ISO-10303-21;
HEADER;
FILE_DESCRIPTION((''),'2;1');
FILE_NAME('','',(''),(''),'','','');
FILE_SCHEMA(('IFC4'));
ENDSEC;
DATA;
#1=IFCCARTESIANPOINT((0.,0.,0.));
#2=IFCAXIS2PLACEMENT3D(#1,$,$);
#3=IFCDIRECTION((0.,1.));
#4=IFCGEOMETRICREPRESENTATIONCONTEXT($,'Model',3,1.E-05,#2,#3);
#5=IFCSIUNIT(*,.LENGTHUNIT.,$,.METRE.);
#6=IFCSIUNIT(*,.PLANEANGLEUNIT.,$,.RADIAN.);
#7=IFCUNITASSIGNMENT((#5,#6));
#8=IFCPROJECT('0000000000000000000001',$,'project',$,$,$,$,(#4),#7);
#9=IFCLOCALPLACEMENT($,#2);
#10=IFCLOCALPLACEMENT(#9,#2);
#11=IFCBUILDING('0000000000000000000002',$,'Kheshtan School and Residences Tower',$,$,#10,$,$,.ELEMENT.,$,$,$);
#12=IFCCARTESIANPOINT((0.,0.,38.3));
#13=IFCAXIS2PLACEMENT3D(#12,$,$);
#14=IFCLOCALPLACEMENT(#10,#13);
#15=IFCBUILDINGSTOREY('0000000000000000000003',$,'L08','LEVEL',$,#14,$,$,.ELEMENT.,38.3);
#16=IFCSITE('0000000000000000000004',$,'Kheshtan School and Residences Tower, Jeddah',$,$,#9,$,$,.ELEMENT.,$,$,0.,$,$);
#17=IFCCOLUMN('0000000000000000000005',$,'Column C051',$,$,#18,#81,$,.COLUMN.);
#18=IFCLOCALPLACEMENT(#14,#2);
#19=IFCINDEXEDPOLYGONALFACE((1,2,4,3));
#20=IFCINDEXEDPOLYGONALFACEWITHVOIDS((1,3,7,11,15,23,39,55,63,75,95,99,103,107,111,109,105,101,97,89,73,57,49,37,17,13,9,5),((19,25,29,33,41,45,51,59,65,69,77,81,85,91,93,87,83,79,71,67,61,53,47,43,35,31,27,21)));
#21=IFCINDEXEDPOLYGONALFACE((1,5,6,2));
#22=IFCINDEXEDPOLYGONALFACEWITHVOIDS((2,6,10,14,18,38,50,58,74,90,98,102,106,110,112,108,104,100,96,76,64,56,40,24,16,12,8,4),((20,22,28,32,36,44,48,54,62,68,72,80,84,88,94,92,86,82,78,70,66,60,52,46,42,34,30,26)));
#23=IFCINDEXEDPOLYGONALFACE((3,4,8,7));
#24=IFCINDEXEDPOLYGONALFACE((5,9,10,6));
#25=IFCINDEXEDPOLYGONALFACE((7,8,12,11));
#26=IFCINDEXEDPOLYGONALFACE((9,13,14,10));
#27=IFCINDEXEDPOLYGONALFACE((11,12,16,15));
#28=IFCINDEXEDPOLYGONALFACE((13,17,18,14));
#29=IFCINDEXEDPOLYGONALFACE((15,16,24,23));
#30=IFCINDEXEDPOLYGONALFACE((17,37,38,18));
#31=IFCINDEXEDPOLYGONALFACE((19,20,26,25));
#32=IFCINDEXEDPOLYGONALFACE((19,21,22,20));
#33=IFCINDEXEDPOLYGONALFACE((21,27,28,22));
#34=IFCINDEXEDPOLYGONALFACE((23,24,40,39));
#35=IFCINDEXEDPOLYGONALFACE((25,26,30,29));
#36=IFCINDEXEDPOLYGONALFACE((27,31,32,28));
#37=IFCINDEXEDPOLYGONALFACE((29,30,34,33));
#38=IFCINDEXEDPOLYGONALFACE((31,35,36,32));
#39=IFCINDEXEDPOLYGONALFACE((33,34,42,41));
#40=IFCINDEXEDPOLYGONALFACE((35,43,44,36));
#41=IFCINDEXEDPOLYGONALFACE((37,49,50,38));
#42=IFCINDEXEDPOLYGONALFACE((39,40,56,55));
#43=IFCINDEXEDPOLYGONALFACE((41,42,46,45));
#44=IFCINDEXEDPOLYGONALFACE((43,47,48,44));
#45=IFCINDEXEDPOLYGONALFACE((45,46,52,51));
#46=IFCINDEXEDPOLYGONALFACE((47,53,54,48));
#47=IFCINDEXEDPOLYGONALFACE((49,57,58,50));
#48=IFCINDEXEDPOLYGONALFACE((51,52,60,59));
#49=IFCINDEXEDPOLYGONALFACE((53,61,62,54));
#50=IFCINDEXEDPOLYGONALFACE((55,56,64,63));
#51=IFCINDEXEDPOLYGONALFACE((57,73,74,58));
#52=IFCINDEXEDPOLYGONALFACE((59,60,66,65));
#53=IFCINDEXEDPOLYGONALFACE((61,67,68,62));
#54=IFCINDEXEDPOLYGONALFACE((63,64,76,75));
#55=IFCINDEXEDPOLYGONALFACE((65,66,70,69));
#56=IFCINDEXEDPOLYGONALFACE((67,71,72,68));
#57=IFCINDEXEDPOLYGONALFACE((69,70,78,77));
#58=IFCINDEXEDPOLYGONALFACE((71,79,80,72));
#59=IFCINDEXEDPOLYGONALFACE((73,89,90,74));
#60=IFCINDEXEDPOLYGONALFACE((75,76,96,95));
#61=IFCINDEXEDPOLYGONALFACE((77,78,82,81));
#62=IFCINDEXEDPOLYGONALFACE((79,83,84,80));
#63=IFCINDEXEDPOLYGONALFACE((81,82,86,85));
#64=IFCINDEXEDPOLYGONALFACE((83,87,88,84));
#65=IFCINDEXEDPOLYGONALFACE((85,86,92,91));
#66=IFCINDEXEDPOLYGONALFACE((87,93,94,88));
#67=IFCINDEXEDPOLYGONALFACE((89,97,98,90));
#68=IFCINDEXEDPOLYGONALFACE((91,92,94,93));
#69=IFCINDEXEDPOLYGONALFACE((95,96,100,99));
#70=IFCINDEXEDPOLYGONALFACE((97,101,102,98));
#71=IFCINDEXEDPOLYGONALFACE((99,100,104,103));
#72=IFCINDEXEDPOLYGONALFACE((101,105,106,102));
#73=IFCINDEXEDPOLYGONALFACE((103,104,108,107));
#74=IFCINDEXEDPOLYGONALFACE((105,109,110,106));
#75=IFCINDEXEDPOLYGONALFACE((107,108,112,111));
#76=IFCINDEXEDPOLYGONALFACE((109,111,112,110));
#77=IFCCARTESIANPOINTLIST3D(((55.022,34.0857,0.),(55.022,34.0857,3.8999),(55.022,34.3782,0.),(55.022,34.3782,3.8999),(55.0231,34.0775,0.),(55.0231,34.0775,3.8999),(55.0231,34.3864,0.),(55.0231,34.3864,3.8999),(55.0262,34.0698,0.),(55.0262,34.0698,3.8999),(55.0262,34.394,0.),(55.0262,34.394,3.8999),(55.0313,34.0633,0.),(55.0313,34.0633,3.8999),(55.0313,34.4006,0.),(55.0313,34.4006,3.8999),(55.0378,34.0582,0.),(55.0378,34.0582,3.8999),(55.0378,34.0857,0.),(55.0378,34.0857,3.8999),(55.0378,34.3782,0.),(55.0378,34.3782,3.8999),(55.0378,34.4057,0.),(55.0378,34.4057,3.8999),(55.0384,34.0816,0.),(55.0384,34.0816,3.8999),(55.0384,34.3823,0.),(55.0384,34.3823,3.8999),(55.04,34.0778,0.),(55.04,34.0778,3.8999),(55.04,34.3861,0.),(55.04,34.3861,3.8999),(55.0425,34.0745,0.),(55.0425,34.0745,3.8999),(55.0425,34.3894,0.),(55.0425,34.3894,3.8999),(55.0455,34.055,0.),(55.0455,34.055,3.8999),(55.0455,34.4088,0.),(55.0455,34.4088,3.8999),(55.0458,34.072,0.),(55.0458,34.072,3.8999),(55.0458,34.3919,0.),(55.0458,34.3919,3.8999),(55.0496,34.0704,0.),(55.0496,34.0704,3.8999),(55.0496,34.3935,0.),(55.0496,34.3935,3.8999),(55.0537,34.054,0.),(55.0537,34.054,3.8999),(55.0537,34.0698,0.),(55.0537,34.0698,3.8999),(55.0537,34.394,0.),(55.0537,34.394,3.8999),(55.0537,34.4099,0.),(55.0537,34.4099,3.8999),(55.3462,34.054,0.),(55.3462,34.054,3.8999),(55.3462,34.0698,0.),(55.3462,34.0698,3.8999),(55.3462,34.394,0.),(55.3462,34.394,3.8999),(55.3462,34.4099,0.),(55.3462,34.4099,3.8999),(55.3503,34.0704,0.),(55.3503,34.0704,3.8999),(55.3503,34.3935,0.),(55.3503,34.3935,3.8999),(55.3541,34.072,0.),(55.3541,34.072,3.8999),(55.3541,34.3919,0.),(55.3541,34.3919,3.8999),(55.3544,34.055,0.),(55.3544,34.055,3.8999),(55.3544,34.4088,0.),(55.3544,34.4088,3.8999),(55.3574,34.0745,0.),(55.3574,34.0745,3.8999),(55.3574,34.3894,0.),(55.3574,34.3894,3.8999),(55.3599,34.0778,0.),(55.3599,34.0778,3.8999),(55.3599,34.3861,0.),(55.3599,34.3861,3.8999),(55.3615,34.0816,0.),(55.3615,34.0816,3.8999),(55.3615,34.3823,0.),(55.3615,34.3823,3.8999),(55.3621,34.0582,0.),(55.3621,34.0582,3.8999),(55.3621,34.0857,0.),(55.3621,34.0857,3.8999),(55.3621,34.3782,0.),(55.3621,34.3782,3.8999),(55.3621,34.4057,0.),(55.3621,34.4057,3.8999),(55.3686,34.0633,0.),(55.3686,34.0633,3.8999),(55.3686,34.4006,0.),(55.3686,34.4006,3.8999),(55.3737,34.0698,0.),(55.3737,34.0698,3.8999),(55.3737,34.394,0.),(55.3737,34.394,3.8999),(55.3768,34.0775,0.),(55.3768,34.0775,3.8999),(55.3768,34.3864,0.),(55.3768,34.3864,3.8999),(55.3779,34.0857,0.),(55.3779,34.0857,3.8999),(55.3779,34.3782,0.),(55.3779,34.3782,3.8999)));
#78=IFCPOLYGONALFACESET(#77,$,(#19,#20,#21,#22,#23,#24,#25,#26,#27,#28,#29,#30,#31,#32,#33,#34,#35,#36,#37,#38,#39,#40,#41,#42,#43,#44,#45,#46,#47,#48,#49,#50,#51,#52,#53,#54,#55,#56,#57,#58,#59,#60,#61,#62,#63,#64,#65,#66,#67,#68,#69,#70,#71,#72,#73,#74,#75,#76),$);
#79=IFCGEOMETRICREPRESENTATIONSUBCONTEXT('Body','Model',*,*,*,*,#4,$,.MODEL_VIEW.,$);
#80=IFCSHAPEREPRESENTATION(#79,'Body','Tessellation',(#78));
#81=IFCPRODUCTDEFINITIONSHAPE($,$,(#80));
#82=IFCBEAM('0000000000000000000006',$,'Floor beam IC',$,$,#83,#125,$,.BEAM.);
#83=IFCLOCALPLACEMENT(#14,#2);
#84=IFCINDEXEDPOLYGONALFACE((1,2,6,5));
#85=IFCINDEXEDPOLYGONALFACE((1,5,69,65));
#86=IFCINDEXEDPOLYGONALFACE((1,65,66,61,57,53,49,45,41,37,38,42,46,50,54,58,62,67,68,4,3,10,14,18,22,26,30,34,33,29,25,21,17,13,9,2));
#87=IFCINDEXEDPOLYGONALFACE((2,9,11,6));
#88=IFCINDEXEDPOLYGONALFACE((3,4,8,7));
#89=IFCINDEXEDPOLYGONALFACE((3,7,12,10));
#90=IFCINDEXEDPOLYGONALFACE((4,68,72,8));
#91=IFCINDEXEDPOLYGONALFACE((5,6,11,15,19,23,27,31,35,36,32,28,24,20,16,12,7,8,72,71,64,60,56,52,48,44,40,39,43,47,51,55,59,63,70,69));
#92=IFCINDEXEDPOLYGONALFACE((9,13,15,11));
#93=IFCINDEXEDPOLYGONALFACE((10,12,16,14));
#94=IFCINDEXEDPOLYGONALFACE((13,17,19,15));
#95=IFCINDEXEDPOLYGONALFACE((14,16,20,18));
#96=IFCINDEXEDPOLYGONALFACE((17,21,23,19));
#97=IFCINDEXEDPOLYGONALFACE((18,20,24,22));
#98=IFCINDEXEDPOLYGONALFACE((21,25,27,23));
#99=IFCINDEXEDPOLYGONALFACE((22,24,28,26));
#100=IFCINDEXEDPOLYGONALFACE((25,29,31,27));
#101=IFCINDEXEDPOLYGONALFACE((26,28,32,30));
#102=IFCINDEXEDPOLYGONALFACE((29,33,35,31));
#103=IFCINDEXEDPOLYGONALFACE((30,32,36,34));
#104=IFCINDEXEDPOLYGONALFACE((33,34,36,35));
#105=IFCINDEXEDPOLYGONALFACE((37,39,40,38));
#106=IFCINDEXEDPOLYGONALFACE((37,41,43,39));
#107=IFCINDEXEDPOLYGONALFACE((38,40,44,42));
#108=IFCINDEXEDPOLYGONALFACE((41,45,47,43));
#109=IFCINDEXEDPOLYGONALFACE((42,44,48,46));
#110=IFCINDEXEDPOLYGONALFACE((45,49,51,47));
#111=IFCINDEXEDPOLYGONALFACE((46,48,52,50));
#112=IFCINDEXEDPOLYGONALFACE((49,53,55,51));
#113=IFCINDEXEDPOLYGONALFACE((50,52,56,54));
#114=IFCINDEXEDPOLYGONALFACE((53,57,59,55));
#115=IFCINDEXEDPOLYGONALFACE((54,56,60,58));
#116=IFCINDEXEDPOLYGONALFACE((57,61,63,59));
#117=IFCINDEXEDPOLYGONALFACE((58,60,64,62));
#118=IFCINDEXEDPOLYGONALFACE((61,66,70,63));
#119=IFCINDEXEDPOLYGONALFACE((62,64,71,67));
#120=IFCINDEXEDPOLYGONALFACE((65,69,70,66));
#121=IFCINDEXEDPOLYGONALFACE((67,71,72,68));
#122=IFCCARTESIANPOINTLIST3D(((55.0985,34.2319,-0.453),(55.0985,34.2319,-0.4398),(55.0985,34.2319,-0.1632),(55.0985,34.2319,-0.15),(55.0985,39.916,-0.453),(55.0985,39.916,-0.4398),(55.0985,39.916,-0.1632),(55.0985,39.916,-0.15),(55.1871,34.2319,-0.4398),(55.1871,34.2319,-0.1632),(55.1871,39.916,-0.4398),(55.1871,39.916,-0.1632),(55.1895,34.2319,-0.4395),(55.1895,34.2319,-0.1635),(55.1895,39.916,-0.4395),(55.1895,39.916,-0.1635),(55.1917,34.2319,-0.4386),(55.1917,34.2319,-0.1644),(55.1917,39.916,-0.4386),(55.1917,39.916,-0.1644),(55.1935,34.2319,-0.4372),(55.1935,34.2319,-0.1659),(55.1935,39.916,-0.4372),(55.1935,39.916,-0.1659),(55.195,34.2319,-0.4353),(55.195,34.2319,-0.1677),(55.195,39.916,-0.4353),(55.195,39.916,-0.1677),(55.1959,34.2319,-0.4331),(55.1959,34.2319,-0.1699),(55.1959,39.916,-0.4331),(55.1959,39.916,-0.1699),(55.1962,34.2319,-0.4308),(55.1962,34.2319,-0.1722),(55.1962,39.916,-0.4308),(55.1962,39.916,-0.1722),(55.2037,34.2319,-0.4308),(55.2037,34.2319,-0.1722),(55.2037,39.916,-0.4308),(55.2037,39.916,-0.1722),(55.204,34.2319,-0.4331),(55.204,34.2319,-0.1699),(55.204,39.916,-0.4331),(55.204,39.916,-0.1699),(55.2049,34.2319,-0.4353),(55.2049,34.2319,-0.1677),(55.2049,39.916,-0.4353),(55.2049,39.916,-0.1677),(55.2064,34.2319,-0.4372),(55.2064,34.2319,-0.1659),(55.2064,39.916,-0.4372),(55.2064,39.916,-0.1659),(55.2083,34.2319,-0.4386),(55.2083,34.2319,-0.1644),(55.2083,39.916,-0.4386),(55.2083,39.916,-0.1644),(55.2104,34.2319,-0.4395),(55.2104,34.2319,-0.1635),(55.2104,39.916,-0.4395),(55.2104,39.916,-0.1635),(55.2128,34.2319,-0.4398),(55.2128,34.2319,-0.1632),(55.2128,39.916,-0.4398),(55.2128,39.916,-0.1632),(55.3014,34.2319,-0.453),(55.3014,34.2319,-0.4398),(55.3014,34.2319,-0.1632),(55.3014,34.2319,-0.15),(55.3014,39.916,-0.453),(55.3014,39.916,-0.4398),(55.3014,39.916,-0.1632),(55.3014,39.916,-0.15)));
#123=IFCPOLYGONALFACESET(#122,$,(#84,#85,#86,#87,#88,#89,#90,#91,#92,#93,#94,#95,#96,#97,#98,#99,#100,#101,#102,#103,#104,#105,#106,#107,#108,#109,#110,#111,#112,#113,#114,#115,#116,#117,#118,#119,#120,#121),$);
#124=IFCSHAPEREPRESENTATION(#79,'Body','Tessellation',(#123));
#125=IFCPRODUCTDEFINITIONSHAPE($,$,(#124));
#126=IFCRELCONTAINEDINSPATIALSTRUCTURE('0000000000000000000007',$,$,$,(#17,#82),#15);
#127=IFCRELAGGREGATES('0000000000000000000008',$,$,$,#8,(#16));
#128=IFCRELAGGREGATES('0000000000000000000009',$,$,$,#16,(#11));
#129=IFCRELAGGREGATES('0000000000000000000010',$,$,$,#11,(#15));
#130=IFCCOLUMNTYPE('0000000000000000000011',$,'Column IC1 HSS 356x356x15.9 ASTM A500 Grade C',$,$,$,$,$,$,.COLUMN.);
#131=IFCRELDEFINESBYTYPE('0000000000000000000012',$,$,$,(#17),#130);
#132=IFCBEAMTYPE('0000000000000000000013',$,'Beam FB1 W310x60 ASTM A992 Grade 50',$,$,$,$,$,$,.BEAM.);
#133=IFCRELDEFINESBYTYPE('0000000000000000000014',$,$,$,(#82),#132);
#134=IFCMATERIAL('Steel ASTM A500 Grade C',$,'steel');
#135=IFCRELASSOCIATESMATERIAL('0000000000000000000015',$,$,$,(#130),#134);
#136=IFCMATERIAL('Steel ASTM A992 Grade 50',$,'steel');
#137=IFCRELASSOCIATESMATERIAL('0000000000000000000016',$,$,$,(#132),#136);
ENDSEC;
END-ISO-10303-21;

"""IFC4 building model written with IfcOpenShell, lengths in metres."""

from ifc_helpers import new_model, si_unit, direction, frame, origin, origin_2d, place, context, subcontext, project, spatial, hollow_rectangle, i_section, extrude, material, material_profile, profile_set, type_object, element, save


model = new_model("IFC4")

# Units and contexts
model_context = context("Model", 3, precision=1e-05, world=origin(), true_north=direction((0.0, 1.0)))
body_context = subcontext(model_context, "Body", "Model", "MODEL_VIEW")
ifc_project = project(units=[si_unit("LENGTHUNIT", "METRE"), si_unit("PLANEANGLEUNIT", "RADIAN")], contexts=[model_context])

# Site, building, storey
site_placement = place(None, origin())
site = spatial("IfcSite", under=ifc_project, at=site_placement, Name="Kheshtan School and Residences Tower, Jeddah", CompositionType="ELEMENT", RefElevation=0.0)
building_placement = place(site_placement, origin())
building = spatial("IfcBuilding", under=site, at=building_placement, Name="Kheshtan School and Residences Tower", CompositionType="ELEMENT")
storey_placement = place(building_placement, frame((0.0, 0.0, 38.3)))
storey = spatial("IfcBuildingStorey", under=building, at=storey_placement, Name="L08", Description="LEVEL", CompositionType="ELEMENT", Elevation=38.3)

# Column
ifc_material_1 = material(Name="Steel ASTM A500 Grade C", Category="steel")
ifc_material_profile_1 = material_profile(ifc_material_1, hollow_rectangle(XDim=0.356, YDim=0.356, WallThickness=0.0159, InnerFilletRadius=0.0159, OuterFilletRadius=0.0317, at=origin_2d()), Name="HSS 356x356x15.9")
ifc_profile_set_1 = profile_set([ifc_material_profile_1], Name="Steel ASTM A500 Grade C")
column_type = type_object("IfcColumnType", Name="Column IC1 HSS 356x356x15.9 ASTM A500 Grade C", PredefinedType="COLUMN", material=ifc_profile_set_1)
column_placement = place(storey_placement, frame((55.2, 34.2319, 0.0), z_axis=(0.0, 0.0, 1.0), x_axis=(1.0, 0.0, 0.0)))
element("IfcColumn", 1, at=column_placement, inside=storey, type_object=column_type, Name="Column C051", PredefinedType="COLUMN", context=body_context, shape_type="SweptSolid", body=[
    extrude(hollow_rectangle(XDim=0.356, YDim=0.356, WallThickness=0.0159, InnerFilletRadius=0.0159, OuterFilletRadius=0.0317, at=origin_2d()), origin(), (0.0, 0.0, 1.0), 3.8999),
])

# Beam
ifc_material_2 = material(Name="Steel ASTM A992 Grade 50", Category="steel")
ifc_material_profile_2 = material_profile(ifc_material_2, i_section(OverallWidth=0.2029, OverallDepth=0.303, WebThickness=0.0076, FlangeThickness=0.0132, FilletRadius=0.009, at=origin_2d()), Name="W310x60")
ifc_profile_set_2 = profile_set([ifc_material_profile_2], Name="Steel ASTM A992 Grade 50")
beam_type = type_object("IfcBeamType", Name="Beam FB1 W310x60 ASTM A992 Grade 50", PredefinedType="BEAM", material=ifc_profile_set_2)
beam_placement = place(storey_placement, frame((55.2, 34.2319, -0.3015), z_axis=(0.0, 1.0, 0.0), x_axis=(-1.0, 0.0, 0.0)))
element("IfcBeam", 2, at=beam_placement, inside=storey, type_object=beam_type, Name="Floor beam IC", PredefinedType="BEAM", context=body_context, shape_type="SweptSolid", body=[
    extrude(i_section(OverallWidth=0.2029, OverallDepth=0.303, WebThickness=0.0076, FlangeThickness=0.0132, FilletRadius=0.009, at=origin_2d()), origin(), (0.0, 0.0, 1.0), 5.6841),
])

save(model, "model.ifc")
